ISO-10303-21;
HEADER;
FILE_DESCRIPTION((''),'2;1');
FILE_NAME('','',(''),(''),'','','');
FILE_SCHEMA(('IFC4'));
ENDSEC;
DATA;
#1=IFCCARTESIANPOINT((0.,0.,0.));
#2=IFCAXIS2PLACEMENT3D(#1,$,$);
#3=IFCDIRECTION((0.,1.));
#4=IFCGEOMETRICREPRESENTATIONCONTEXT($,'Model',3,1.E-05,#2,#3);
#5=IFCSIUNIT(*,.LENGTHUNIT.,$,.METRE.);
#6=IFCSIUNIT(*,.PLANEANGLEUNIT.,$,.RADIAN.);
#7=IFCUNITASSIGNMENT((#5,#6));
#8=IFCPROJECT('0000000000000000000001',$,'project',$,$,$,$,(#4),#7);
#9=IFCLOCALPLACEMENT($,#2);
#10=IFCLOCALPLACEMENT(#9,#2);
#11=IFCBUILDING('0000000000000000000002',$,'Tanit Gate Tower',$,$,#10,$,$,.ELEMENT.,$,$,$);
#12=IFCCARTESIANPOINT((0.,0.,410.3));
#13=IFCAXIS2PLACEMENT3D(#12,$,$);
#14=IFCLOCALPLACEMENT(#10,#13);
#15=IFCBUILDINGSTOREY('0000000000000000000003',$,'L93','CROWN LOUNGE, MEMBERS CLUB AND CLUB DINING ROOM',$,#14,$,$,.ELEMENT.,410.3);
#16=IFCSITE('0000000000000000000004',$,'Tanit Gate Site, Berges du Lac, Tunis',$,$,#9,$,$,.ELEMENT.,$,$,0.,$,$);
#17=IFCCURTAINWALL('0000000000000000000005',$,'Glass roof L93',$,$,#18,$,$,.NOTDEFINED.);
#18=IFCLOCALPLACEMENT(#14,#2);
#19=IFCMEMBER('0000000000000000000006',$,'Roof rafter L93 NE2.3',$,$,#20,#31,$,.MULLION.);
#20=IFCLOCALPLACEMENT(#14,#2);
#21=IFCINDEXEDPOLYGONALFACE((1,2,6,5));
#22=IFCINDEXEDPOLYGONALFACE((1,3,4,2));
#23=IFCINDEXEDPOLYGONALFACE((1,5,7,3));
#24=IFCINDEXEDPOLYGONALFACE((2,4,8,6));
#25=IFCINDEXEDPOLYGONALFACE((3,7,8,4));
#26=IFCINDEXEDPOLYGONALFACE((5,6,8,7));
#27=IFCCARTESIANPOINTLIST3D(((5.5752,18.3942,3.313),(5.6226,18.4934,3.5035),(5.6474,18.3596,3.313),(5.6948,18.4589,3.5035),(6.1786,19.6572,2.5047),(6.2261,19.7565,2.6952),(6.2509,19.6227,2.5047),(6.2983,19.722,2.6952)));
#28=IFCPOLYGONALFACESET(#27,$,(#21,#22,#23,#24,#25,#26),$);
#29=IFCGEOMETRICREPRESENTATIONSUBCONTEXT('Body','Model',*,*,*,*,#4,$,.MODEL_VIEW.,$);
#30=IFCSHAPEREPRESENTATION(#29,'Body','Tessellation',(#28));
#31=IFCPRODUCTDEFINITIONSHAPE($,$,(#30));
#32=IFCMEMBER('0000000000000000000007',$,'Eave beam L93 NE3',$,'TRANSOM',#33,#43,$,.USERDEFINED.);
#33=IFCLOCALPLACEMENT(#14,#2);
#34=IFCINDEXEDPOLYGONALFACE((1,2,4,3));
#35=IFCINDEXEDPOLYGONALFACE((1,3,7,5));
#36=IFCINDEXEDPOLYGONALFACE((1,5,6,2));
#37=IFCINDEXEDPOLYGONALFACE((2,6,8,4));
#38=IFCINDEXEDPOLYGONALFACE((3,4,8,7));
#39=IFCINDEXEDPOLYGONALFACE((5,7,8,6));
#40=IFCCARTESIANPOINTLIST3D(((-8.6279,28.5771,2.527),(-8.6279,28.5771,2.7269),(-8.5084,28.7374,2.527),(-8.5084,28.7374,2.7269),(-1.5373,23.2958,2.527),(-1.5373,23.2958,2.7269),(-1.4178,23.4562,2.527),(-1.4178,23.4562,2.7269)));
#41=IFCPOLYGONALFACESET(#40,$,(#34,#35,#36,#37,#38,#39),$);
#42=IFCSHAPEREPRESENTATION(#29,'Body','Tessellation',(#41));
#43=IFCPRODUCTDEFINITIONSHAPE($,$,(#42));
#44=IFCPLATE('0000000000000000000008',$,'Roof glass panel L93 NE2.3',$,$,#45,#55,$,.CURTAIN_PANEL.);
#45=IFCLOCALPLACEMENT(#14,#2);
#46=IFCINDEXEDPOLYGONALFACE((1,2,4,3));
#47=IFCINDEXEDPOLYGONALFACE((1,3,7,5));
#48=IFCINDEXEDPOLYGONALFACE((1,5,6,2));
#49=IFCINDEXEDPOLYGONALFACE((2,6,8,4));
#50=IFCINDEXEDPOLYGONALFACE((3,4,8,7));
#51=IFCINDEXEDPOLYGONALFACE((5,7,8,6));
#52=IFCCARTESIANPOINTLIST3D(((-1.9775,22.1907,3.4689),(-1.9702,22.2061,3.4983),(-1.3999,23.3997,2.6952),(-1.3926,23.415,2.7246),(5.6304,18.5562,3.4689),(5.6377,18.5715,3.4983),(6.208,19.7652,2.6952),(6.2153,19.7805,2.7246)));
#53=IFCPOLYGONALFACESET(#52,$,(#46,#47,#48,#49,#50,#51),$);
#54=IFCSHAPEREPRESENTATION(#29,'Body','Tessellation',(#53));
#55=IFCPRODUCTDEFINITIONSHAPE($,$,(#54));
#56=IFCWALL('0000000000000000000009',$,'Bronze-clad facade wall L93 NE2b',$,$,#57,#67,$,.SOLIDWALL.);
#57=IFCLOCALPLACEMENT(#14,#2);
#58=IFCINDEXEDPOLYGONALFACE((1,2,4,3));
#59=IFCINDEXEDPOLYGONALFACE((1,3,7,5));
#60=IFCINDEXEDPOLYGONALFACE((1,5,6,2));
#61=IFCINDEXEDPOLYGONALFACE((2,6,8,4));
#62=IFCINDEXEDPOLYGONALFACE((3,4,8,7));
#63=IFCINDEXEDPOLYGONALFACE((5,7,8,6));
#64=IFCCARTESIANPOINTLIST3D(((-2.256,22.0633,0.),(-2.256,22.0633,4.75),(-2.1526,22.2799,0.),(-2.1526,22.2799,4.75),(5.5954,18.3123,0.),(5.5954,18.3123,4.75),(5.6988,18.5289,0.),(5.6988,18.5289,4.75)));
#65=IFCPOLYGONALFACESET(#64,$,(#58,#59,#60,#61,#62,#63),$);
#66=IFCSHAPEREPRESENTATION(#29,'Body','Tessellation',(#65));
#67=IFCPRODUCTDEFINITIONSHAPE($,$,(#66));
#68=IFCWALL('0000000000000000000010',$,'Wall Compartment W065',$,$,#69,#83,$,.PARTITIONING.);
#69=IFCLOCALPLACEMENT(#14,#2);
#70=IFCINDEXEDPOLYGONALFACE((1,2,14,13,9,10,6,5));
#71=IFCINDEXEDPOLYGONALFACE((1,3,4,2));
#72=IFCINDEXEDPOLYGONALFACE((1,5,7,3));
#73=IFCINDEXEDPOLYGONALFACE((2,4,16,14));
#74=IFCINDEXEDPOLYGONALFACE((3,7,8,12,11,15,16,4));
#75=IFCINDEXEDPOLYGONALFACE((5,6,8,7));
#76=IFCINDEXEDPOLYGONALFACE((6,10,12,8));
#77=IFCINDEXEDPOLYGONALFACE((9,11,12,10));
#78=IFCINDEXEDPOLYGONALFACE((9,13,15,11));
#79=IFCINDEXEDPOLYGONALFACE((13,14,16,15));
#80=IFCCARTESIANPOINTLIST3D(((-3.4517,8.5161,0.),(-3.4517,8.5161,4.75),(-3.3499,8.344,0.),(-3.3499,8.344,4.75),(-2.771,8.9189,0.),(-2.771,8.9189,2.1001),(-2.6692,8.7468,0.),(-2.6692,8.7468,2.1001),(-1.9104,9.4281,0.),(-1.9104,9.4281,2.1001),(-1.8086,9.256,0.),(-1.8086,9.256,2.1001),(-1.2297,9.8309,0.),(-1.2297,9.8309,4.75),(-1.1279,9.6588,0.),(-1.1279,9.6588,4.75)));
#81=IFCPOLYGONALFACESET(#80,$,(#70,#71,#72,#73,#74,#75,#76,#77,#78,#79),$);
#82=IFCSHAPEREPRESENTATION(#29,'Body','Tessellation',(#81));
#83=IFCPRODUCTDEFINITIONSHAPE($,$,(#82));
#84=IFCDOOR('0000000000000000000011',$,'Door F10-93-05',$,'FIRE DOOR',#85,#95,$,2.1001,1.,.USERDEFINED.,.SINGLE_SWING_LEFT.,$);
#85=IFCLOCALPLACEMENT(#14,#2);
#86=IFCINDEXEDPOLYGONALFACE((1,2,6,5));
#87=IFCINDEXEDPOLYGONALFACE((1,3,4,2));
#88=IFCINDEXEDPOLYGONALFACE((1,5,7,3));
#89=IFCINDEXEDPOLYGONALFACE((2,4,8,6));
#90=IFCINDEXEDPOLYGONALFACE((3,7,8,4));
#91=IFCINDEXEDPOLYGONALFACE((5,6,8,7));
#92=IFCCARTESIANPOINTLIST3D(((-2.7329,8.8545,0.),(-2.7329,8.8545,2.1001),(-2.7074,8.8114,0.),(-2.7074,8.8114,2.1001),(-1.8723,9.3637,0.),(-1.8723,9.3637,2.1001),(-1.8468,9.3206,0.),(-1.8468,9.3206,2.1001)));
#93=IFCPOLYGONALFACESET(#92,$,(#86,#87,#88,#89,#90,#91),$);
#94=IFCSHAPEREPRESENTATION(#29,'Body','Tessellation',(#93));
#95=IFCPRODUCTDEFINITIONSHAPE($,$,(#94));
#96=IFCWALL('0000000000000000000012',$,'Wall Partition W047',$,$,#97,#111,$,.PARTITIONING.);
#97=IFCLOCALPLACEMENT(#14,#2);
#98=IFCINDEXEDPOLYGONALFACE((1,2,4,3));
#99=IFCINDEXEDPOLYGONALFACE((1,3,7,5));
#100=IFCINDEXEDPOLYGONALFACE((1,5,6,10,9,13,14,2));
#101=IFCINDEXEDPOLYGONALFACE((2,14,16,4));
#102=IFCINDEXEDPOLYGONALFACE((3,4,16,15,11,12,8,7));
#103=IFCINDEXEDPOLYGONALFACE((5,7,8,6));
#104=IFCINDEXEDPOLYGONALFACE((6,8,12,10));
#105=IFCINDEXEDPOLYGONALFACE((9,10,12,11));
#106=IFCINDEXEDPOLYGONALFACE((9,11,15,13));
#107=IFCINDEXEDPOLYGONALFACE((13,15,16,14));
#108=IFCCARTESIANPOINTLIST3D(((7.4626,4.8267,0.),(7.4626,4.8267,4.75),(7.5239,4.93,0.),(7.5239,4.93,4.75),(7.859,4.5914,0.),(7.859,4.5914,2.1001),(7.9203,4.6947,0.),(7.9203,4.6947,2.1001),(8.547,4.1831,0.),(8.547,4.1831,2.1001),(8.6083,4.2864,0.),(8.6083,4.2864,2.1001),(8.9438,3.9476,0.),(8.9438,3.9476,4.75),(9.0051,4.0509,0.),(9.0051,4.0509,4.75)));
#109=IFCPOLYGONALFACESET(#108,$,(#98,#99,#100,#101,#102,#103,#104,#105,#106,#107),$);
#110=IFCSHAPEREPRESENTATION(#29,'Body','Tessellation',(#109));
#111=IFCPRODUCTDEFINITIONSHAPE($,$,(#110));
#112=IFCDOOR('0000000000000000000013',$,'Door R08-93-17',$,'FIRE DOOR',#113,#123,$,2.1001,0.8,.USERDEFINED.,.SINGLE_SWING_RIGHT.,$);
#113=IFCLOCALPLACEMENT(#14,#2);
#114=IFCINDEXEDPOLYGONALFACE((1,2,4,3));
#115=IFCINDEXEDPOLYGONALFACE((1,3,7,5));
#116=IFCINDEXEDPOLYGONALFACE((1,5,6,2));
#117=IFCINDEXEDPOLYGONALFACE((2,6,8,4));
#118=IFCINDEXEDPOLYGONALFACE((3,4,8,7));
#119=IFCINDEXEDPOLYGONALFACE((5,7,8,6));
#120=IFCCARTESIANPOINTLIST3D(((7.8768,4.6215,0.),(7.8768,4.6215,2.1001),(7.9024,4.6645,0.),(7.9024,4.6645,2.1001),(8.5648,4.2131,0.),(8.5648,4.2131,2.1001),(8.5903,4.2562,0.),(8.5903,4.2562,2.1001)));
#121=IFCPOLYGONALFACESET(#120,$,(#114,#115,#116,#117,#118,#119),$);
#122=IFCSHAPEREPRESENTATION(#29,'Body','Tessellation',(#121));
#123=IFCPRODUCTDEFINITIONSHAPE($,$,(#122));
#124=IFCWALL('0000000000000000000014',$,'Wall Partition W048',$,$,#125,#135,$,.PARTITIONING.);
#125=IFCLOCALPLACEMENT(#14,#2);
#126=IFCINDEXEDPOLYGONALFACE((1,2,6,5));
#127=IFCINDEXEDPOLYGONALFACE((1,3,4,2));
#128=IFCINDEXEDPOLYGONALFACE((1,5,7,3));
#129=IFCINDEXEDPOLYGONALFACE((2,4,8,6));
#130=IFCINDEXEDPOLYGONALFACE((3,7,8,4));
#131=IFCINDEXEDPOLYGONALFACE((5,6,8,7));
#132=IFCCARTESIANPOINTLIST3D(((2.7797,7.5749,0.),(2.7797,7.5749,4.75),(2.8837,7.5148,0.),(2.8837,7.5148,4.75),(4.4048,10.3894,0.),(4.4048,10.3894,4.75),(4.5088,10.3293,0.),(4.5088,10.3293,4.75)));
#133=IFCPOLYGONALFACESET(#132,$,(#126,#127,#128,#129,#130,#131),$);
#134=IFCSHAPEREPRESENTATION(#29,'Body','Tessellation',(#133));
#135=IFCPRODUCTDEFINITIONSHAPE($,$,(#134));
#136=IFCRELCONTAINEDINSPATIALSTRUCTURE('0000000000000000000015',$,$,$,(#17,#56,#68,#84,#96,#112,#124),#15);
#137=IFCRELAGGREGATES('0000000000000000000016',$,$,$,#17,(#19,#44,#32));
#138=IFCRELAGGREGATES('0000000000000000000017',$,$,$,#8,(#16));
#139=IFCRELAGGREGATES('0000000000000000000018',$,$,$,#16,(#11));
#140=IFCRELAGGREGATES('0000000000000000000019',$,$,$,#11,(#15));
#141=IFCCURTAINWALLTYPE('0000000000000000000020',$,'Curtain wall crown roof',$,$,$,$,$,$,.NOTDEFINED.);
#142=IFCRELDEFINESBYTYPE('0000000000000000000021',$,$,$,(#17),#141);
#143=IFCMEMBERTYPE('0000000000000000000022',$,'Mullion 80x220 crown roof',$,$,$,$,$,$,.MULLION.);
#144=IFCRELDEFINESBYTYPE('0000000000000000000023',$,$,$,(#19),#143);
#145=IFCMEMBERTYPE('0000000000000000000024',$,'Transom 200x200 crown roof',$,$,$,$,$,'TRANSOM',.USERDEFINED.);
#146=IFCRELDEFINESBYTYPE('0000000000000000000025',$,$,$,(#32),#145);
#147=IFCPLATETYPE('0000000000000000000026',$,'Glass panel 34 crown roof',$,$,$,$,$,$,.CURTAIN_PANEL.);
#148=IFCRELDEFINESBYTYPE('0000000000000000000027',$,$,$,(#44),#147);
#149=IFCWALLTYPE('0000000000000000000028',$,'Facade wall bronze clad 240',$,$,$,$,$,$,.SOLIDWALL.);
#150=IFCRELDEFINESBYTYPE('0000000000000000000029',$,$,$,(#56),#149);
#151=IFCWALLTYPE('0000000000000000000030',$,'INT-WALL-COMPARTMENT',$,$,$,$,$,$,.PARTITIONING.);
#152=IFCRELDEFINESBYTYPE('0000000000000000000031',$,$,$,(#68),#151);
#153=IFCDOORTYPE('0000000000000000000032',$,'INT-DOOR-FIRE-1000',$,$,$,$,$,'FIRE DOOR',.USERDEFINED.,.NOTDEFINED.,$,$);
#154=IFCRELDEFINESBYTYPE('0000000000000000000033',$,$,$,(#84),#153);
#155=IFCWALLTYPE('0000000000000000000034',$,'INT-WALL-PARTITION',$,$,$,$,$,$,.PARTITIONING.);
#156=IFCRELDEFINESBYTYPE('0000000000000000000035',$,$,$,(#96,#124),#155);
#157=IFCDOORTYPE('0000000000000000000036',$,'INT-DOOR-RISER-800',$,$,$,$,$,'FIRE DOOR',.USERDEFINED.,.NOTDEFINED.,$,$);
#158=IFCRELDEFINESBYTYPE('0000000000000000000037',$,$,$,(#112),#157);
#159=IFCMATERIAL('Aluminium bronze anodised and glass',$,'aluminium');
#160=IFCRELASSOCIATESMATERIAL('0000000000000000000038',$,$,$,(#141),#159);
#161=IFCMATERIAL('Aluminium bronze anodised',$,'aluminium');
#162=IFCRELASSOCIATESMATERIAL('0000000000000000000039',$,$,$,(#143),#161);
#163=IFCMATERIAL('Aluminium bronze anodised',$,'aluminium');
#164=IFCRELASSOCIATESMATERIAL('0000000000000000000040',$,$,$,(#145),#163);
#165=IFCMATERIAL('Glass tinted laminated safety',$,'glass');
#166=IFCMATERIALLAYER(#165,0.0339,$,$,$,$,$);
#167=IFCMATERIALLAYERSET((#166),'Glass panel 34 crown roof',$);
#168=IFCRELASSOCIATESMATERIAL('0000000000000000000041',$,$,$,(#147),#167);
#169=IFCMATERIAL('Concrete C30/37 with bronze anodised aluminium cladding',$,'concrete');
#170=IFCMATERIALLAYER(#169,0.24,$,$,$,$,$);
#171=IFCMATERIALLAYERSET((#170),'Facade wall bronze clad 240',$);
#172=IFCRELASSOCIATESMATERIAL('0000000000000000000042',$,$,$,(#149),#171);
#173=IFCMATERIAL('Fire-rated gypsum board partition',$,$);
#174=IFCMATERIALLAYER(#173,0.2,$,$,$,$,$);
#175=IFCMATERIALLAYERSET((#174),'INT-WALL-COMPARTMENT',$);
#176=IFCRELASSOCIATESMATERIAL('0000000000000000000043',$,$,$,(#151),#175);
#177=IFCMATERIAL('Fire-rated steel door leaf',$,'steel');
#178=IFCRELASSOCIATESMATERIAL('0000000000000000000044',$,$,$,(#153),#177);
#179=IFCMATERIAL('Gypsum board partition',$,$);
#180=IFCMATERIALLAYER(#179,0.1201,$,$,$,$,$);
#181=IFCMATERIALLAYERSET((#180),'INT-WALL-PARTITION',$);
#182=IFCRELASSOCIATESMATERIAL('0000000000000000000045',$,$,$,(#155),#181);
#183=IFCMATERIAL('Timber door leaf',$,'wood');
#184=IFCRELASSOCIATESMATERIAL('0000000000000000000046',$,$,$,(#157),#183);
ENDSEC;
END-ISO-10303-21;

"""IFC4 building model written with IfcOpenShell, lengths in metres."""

from ifc_helpers import new_model, si_unit, direction, frame, frame_2d, origin, origin_2d, place, context, subcontext, project, spatial, polyline, rectangle, outline, extrude, material, layer, layer_set, material_profile, profile_set, type_object, element, fill, aggregate, save


model = new_model("IFC4")

# Units and contexts
model_context = context("Model", 3, precision=1e-05, world=origin(), true_north=direction((0.0, 1.0)))
body_context = subcontext(model_context, "Body", "Model", "MODEL_VIEW")
ifc_project = project(units=[si_unit("LENGTHUNIT", "METRE"), si_unit("PLANEANGLEUNIT", "RADIAN")], contexts=[model_context])

# Site, building, storey
site_placement = place(None, origin())
site = spatial("IfcSite", under=ifc_project, at=site_placement, Name="Tanit Gate Site, Berges du Lac, Tunis", CompositionType="ELEMENT", RefElevation=0.0)
building_placement = place(site_placement, origin())
building = spatial("IfcBuilding", under=site, at=building_placement, Name="Tanit Gate Tower", CompositionType="ELEMENT")
storey_placement = place(building_placement, frame((0.0, 0.0, 410.3)))
storey = spatial("IfcBuildingStorey", under=building, at=storey_placement, Name="L93", Description="CROWN LOUNGE, MEMBERS CLUB AND CLUB DINING ROOM", CompositionType="ELEMENT", Elevation=410.3)

# Curtain wall, members, plate
ifc_material_1 = material(Name="Aluminium bronze anodised and glass", Category="aluminium")
curtain_wall_type = type_object("IfcCurtainWallType", Name="Curtain wall crown roof", PredefinedType="NOTDEFINED", material=ifc_material_1)
curtain_wall_placement = place(storey_placement, origin())
curtain_wall = element("IfcCurtainWall", 1, at=curtain_wall_placement, inside=storey, type_object=curtain_wall_type, Name="Glass roof L93", PredefinedType="NOTDEFINED")
ifc_material_2 = material(Name="Aluminium bronze anodised", Category="aluminium")
ifc_material_profile_1 = material_profile(ifc_material_2, rectangle(XDim=0.0801, YDim=0.22, at=origin_2d()), Name="80x220 bronze rafter")
ifc_profile_set_1 = profile_set([ifc_material_profile_1], Name="Aluminium bronze anodised")
member_type_1 = type_object("IfcMemberType", Name="Mullion 80x220 crown roof", PredefinedType="MULLION", material=ifc_profile_set_1)
member_1_placement = place(storey_placement, frame((5.635, 18.4265, 3.4082), z_axis=(0.373331, 0.781398, -0.500041), x_axis=(-0.902305, 0.431098, 0.0)))
member_1 = element("IfcMember", 2, at=member_1_placement, type_object=member_type_1, Name="Roof rafter L93 NE2.3", PredefinedType="MULLION", context=body_context, shape_type="SweptSolid", body=[
    extrude(rectangle(XDim=0.0801, YDim=0.22, at=origin_2d()), origin(), (0.0, 0.0, 1.0), 1.6165),
])
ifc_material_3 = material(Name="Aluminium bronze anodised", Category="aluminium")
ifc_material_profile_2 = material_profile(ifc_material_3, rectangle(XDim=0.2, YDim=0.2, at=origin_2d()), Name="200x200 bronze transom")
ifc_profile_set_2 = profile_set([ifc_material_profile_2], Name="Aluminium bronze anodised")
member_type_2 = type_object("IfcMemberType", Name="Transom 200x200 crown roof", ElementType="TRANSOM", PredefinedType="USERDEFINED", material=ifc_profile_set_2)
member_2_placement = place(storey_placement, frame((-1.4775, 23.376, 2.627), z_axis=(-0.801987, 0.597341, 0.0), x_axis=(-0.597341, -0.801987, 0.0)))
member_2 = element("IfcMember", 3, at=member_2_placement, type_object=member_type_2, Name="Eave beam L93 NE3", ObjectType="TRANSOM", PredefinedType="USERDEFINED", context=body_context, shape_type="SweptSolid", body=[
    extrude(rectangle(XDim=0.2, YDim=0.2, at=origin_2d()), origin(), (0.0, 0.0, 1.0), 8.8413),
])
ifc_material_4 = material(Name="Glass tinted laminated safety", Category="glass")
ifc_layer_1 = layer(ifc_material_4, 0.0339)
ifc_layer_set_1 = layer_set([ifc_layer_1], Name="Glass panel 34 crown roof")
plate_type = type_object("IfcPlateType", Name="Glass panel 34 crown roof", PredefinedType="CURTAIN_PANEL", material=ifc_layer_set_1)
plate_placement = place(storey_placement, frame((5.6377, 18.5715, 3.4983), z_axis=(0.215552, 0.451202, 0.865999), x_axis=(-0.902321, 0.431065, 0.0)))
plate = element("IfcPlate", 4, at=plate_placement, type_object=plate_type, Name="Roof glass panel L93 NE2.3", PredefinedType="CURTAIN_PANEL", context=body_context, shape_type="SweptSolid", body=[
    extrude(outline(polyline([(0.0, 0.0), (8.4315, 0.0), (8.4314, -1.5472), (-0.0001, -1.5472), (0.0, 0.0)])), origin(), (0.0, 0.0, -1.0), 0.0339),
])
aggregate(curtain_wall, [member_1, plate, member_2])

# Wall
ifc_material_5 = material(Name="Concrete C30/37 with bronze anodised aluminium cladding", Category="concrete")
ifc_layer_2 = layer(ifc_material_5, 0.24)
ifc_layer_set_2 = layer_set([ifc_layer_2], Name="Facade wall bronze clad 240")
wall_type_1 = type_object("IfcWallType", Name="Facade wall bronze clad 240", PredefinedType="SOLIDWALL", material=ifc_layer_set_2)
wall_1_placement = place(storey_placement, frame((5.647, 18.4207, 0.0), z_axis=(0.0, 0.0, 1.0), x_axis=(-0.902313, 0.431081, 0.0)))
element("IfcWall", 5, at=wall_1_placement, inside=storey, type_object=wall_type_1, Name="Bronze-clad facade wall L93 NE2b", PredefinedType="SOLIDWALL", context=body_context, shape_type="SweptSolid", body=[
    extrude(rectangle(XDim=8.7014, YDim=0.24, at=frame_2d((4.3506, 0.0))), origin(), (0.0, 0.0, 1.0), 4.75),
])

# Walls, openings, doors
ifc_material_6 = material(Name="Fire-rated gypsum board partition")
ifc_layer_3 = layer(ifc_material_6, 0.2)
ifc_layer_set_3 = layer_set([ifc_layer_3], Name="INT-WALL-COMPARTMENT")
wall_type_2 = type_object("IfcWallType", Name="INT-WALL-COMPARTMENT", PredefinedType="PARTITIONING", material=ifc_layer_set_3)
wall_2_placement = place(storey_placement, frame((-1.1787, 9.7449, 0.0), z_axis=(0.0, 0.0, 1.0), x_axis=(-0.860631, -0.509229, 0.0)))
wall_2 = element("IfcWall", 6, at=wall_2_placement, inside=storey, type_object=wall_type_2, Name="Wall Compartment W065", PredefinedType="PARTITIONING", context=body_context, shape_type="SweptSolid", body=[
    extrude(rectangle(XDim=2.5818, YDim=0.2, at=frame_2d((1.291, 0.0))), origin(), (0.0, 0.0, 1.0), 4.75),
])
opening_1_placement = place(wall_2_placement, frame((0.791, 0.0, 0.0)))
opening_1 = element("IfcOpeningElement", 7, at=opening_1_placement, cuts=wall_2, PredefinedType="OPENING", context=body_context, shape_type="SweptSolid", body=[
    extrude(rectangle(XDim=1.0, YDim=2.1001, at=frame_2d((0.5, 1.05))), frame((0.0, 0.1099, 0.0), z_axis=(0.0, -1.0, 0.0), x_axis=(1.0, 0.0, 0.0)), (0.0, 0.0, 1.0), 0.22),
])
ifc_material_7 = material(Name="Fire-rated steel door leaf", Category="steel")
door_type_1 = type_object("IfcDoorType", Name="INT-DOOR-FIRE-1000", ElementType="FIRE DOOR", OperationType="NOTDEFINED", PredefinedType="USERDEFINED", material=ifc_material_7)
door_1_placement = place(opening_1_placement, origin())
door_1 = element("IfcDoor", 8, at=door_1_placement, inside=storey, type_object=door_type_1, Name="Door F10-93-05", ObjectType="FIRE DOOR", OperationType="SINGLE_SWING_LEFT", OverallHeight=2.1001, OverallWidth=1.0, PredefinedType="USERDEFINED", context=body_context, shape_type="SweptSolid", body=[
    extrude(rectangle(XDim=1.0, YDim=2.1001, at=frame_2d((0.5, 1.05))), frame((0.0, 0.0249, 0.0), z_axis=(0.0, -1.0, 0.0), x_axis=(1.0, 0.0, 0.0)), (0.0, 0.0, 1.0), 0.05),
])
fill(opening_1, door_1)
ifc_material_8 = material(Name="Gypsum board partition")
ifc_layer_4 = layer(ifc_material_8, 0.1201)
ifc_layer_set_4 = layer_set([ifc_layer_4], Name="INT-WALL-PARTITION")
wall_type_3 = type_object("IfcWallType", Name="INT-WALL-PARTITION", PredefinedType="PARTITIONING", material=ifc_layer_set_4)
wall_3_placement = place(storey_placement, frame((7.4932, 4.8784, 0.0), z_axis=(0.0, 0.0, 1.0), x_axis=(0.859934, -0.510404, 0.0)))
wall_3 = element("IfcWall", 9, at=wall_3_placement, inside=storey, type_object=wall_type_3, Name="Wall Partition W047", PredefinedType="PARTITIONING", context=body_context, shape_type="SweptSolid", body=[
    extrude(rectangle(XDim=1.7224, YDim=0.1201, at=frame_2d((0.8613, 0.0))), origin(), (0.0, 0.0, 1.0), 4.75),
])
opening_2_placement = place(wall_3_placement, frame((0.4612, 0.0, 0.0)))
opening_2 = element("IfcOpeningElement", 10, at=opening_2_placement, cuts=wall_3, PredefinedType="OPENING", context=body_context, shape_type="SweptSolid", body=[
    extrude(rectangle(XDim=0.8, YDim=2.1001, at=frame_2d((0.3999, 1.05))), frame((0.0, 0.0701, 0.0), z_axis=(0.0, -1.0, 0.0), x_axis=(1.0, 0.0, 0.0)), (0.0, 0.0, 1.0), 0.1401),
])
ifc_material_9 = material(Name="Timber door leaf", Category="wood")
door_type_2 = type_object("IfcDoorType", Name="INT-DOOR-RISER-800", ElementType="FIRE DOOR", OperationType="NOTDEFINED", PredefinedType="USERDEFINED", material=ifc_material_9)
door_2_placement = place(opening_2_placement, origin())
door_2 = element("IfcDoor", 11, at=door_2_placement, inside=storey, type_object=door_type_2, Name="Door R08-93-17", ObjectType="FIRE DOOR", OperationType="SINGLE_SWING_RIGHT", OverallHeight=2.1001, OverallWidth=0.8, PredefinedType="USERDEFINED", context=body_context, shape_type="SweptSolid", body=[
    extrude(rectangle(XDim=0.8, YDim=2.1001, at=frame_2d((0.3999, 1.05))), frame((0.0, 0.0249, 0.0), z_axis=(0.0, -1.0, 0.0), x_axis=(1.0, 0.0, 0.0)), (0.0, 0.0, 1.0), 0.05),
])
fill(opening_2, door_2)

# Wall
wall_4_placement = place(storey_placement, frame((4.4568, 10.3594, 0.0), z_axis=(0.0, 0.0, 1.0), x_axis=(-0.500017, -0.866015, 0.0)))
element("IfcWall", 12, at=wall_4_placement, inside=storey, type_object=wall_type_3, Name="Wall Partition W048", PredefinedType="PARTITIONING", context=body_context, shape_type="SweptSolid", body=[
    extrude(rectangle(XDim=3.25, YDim=0.1201, at=frame_2d((1.625, 0.0))), origin(), (0.0, 0.0, 1.0), 4.75),
])

save(model, "model.ifc")
